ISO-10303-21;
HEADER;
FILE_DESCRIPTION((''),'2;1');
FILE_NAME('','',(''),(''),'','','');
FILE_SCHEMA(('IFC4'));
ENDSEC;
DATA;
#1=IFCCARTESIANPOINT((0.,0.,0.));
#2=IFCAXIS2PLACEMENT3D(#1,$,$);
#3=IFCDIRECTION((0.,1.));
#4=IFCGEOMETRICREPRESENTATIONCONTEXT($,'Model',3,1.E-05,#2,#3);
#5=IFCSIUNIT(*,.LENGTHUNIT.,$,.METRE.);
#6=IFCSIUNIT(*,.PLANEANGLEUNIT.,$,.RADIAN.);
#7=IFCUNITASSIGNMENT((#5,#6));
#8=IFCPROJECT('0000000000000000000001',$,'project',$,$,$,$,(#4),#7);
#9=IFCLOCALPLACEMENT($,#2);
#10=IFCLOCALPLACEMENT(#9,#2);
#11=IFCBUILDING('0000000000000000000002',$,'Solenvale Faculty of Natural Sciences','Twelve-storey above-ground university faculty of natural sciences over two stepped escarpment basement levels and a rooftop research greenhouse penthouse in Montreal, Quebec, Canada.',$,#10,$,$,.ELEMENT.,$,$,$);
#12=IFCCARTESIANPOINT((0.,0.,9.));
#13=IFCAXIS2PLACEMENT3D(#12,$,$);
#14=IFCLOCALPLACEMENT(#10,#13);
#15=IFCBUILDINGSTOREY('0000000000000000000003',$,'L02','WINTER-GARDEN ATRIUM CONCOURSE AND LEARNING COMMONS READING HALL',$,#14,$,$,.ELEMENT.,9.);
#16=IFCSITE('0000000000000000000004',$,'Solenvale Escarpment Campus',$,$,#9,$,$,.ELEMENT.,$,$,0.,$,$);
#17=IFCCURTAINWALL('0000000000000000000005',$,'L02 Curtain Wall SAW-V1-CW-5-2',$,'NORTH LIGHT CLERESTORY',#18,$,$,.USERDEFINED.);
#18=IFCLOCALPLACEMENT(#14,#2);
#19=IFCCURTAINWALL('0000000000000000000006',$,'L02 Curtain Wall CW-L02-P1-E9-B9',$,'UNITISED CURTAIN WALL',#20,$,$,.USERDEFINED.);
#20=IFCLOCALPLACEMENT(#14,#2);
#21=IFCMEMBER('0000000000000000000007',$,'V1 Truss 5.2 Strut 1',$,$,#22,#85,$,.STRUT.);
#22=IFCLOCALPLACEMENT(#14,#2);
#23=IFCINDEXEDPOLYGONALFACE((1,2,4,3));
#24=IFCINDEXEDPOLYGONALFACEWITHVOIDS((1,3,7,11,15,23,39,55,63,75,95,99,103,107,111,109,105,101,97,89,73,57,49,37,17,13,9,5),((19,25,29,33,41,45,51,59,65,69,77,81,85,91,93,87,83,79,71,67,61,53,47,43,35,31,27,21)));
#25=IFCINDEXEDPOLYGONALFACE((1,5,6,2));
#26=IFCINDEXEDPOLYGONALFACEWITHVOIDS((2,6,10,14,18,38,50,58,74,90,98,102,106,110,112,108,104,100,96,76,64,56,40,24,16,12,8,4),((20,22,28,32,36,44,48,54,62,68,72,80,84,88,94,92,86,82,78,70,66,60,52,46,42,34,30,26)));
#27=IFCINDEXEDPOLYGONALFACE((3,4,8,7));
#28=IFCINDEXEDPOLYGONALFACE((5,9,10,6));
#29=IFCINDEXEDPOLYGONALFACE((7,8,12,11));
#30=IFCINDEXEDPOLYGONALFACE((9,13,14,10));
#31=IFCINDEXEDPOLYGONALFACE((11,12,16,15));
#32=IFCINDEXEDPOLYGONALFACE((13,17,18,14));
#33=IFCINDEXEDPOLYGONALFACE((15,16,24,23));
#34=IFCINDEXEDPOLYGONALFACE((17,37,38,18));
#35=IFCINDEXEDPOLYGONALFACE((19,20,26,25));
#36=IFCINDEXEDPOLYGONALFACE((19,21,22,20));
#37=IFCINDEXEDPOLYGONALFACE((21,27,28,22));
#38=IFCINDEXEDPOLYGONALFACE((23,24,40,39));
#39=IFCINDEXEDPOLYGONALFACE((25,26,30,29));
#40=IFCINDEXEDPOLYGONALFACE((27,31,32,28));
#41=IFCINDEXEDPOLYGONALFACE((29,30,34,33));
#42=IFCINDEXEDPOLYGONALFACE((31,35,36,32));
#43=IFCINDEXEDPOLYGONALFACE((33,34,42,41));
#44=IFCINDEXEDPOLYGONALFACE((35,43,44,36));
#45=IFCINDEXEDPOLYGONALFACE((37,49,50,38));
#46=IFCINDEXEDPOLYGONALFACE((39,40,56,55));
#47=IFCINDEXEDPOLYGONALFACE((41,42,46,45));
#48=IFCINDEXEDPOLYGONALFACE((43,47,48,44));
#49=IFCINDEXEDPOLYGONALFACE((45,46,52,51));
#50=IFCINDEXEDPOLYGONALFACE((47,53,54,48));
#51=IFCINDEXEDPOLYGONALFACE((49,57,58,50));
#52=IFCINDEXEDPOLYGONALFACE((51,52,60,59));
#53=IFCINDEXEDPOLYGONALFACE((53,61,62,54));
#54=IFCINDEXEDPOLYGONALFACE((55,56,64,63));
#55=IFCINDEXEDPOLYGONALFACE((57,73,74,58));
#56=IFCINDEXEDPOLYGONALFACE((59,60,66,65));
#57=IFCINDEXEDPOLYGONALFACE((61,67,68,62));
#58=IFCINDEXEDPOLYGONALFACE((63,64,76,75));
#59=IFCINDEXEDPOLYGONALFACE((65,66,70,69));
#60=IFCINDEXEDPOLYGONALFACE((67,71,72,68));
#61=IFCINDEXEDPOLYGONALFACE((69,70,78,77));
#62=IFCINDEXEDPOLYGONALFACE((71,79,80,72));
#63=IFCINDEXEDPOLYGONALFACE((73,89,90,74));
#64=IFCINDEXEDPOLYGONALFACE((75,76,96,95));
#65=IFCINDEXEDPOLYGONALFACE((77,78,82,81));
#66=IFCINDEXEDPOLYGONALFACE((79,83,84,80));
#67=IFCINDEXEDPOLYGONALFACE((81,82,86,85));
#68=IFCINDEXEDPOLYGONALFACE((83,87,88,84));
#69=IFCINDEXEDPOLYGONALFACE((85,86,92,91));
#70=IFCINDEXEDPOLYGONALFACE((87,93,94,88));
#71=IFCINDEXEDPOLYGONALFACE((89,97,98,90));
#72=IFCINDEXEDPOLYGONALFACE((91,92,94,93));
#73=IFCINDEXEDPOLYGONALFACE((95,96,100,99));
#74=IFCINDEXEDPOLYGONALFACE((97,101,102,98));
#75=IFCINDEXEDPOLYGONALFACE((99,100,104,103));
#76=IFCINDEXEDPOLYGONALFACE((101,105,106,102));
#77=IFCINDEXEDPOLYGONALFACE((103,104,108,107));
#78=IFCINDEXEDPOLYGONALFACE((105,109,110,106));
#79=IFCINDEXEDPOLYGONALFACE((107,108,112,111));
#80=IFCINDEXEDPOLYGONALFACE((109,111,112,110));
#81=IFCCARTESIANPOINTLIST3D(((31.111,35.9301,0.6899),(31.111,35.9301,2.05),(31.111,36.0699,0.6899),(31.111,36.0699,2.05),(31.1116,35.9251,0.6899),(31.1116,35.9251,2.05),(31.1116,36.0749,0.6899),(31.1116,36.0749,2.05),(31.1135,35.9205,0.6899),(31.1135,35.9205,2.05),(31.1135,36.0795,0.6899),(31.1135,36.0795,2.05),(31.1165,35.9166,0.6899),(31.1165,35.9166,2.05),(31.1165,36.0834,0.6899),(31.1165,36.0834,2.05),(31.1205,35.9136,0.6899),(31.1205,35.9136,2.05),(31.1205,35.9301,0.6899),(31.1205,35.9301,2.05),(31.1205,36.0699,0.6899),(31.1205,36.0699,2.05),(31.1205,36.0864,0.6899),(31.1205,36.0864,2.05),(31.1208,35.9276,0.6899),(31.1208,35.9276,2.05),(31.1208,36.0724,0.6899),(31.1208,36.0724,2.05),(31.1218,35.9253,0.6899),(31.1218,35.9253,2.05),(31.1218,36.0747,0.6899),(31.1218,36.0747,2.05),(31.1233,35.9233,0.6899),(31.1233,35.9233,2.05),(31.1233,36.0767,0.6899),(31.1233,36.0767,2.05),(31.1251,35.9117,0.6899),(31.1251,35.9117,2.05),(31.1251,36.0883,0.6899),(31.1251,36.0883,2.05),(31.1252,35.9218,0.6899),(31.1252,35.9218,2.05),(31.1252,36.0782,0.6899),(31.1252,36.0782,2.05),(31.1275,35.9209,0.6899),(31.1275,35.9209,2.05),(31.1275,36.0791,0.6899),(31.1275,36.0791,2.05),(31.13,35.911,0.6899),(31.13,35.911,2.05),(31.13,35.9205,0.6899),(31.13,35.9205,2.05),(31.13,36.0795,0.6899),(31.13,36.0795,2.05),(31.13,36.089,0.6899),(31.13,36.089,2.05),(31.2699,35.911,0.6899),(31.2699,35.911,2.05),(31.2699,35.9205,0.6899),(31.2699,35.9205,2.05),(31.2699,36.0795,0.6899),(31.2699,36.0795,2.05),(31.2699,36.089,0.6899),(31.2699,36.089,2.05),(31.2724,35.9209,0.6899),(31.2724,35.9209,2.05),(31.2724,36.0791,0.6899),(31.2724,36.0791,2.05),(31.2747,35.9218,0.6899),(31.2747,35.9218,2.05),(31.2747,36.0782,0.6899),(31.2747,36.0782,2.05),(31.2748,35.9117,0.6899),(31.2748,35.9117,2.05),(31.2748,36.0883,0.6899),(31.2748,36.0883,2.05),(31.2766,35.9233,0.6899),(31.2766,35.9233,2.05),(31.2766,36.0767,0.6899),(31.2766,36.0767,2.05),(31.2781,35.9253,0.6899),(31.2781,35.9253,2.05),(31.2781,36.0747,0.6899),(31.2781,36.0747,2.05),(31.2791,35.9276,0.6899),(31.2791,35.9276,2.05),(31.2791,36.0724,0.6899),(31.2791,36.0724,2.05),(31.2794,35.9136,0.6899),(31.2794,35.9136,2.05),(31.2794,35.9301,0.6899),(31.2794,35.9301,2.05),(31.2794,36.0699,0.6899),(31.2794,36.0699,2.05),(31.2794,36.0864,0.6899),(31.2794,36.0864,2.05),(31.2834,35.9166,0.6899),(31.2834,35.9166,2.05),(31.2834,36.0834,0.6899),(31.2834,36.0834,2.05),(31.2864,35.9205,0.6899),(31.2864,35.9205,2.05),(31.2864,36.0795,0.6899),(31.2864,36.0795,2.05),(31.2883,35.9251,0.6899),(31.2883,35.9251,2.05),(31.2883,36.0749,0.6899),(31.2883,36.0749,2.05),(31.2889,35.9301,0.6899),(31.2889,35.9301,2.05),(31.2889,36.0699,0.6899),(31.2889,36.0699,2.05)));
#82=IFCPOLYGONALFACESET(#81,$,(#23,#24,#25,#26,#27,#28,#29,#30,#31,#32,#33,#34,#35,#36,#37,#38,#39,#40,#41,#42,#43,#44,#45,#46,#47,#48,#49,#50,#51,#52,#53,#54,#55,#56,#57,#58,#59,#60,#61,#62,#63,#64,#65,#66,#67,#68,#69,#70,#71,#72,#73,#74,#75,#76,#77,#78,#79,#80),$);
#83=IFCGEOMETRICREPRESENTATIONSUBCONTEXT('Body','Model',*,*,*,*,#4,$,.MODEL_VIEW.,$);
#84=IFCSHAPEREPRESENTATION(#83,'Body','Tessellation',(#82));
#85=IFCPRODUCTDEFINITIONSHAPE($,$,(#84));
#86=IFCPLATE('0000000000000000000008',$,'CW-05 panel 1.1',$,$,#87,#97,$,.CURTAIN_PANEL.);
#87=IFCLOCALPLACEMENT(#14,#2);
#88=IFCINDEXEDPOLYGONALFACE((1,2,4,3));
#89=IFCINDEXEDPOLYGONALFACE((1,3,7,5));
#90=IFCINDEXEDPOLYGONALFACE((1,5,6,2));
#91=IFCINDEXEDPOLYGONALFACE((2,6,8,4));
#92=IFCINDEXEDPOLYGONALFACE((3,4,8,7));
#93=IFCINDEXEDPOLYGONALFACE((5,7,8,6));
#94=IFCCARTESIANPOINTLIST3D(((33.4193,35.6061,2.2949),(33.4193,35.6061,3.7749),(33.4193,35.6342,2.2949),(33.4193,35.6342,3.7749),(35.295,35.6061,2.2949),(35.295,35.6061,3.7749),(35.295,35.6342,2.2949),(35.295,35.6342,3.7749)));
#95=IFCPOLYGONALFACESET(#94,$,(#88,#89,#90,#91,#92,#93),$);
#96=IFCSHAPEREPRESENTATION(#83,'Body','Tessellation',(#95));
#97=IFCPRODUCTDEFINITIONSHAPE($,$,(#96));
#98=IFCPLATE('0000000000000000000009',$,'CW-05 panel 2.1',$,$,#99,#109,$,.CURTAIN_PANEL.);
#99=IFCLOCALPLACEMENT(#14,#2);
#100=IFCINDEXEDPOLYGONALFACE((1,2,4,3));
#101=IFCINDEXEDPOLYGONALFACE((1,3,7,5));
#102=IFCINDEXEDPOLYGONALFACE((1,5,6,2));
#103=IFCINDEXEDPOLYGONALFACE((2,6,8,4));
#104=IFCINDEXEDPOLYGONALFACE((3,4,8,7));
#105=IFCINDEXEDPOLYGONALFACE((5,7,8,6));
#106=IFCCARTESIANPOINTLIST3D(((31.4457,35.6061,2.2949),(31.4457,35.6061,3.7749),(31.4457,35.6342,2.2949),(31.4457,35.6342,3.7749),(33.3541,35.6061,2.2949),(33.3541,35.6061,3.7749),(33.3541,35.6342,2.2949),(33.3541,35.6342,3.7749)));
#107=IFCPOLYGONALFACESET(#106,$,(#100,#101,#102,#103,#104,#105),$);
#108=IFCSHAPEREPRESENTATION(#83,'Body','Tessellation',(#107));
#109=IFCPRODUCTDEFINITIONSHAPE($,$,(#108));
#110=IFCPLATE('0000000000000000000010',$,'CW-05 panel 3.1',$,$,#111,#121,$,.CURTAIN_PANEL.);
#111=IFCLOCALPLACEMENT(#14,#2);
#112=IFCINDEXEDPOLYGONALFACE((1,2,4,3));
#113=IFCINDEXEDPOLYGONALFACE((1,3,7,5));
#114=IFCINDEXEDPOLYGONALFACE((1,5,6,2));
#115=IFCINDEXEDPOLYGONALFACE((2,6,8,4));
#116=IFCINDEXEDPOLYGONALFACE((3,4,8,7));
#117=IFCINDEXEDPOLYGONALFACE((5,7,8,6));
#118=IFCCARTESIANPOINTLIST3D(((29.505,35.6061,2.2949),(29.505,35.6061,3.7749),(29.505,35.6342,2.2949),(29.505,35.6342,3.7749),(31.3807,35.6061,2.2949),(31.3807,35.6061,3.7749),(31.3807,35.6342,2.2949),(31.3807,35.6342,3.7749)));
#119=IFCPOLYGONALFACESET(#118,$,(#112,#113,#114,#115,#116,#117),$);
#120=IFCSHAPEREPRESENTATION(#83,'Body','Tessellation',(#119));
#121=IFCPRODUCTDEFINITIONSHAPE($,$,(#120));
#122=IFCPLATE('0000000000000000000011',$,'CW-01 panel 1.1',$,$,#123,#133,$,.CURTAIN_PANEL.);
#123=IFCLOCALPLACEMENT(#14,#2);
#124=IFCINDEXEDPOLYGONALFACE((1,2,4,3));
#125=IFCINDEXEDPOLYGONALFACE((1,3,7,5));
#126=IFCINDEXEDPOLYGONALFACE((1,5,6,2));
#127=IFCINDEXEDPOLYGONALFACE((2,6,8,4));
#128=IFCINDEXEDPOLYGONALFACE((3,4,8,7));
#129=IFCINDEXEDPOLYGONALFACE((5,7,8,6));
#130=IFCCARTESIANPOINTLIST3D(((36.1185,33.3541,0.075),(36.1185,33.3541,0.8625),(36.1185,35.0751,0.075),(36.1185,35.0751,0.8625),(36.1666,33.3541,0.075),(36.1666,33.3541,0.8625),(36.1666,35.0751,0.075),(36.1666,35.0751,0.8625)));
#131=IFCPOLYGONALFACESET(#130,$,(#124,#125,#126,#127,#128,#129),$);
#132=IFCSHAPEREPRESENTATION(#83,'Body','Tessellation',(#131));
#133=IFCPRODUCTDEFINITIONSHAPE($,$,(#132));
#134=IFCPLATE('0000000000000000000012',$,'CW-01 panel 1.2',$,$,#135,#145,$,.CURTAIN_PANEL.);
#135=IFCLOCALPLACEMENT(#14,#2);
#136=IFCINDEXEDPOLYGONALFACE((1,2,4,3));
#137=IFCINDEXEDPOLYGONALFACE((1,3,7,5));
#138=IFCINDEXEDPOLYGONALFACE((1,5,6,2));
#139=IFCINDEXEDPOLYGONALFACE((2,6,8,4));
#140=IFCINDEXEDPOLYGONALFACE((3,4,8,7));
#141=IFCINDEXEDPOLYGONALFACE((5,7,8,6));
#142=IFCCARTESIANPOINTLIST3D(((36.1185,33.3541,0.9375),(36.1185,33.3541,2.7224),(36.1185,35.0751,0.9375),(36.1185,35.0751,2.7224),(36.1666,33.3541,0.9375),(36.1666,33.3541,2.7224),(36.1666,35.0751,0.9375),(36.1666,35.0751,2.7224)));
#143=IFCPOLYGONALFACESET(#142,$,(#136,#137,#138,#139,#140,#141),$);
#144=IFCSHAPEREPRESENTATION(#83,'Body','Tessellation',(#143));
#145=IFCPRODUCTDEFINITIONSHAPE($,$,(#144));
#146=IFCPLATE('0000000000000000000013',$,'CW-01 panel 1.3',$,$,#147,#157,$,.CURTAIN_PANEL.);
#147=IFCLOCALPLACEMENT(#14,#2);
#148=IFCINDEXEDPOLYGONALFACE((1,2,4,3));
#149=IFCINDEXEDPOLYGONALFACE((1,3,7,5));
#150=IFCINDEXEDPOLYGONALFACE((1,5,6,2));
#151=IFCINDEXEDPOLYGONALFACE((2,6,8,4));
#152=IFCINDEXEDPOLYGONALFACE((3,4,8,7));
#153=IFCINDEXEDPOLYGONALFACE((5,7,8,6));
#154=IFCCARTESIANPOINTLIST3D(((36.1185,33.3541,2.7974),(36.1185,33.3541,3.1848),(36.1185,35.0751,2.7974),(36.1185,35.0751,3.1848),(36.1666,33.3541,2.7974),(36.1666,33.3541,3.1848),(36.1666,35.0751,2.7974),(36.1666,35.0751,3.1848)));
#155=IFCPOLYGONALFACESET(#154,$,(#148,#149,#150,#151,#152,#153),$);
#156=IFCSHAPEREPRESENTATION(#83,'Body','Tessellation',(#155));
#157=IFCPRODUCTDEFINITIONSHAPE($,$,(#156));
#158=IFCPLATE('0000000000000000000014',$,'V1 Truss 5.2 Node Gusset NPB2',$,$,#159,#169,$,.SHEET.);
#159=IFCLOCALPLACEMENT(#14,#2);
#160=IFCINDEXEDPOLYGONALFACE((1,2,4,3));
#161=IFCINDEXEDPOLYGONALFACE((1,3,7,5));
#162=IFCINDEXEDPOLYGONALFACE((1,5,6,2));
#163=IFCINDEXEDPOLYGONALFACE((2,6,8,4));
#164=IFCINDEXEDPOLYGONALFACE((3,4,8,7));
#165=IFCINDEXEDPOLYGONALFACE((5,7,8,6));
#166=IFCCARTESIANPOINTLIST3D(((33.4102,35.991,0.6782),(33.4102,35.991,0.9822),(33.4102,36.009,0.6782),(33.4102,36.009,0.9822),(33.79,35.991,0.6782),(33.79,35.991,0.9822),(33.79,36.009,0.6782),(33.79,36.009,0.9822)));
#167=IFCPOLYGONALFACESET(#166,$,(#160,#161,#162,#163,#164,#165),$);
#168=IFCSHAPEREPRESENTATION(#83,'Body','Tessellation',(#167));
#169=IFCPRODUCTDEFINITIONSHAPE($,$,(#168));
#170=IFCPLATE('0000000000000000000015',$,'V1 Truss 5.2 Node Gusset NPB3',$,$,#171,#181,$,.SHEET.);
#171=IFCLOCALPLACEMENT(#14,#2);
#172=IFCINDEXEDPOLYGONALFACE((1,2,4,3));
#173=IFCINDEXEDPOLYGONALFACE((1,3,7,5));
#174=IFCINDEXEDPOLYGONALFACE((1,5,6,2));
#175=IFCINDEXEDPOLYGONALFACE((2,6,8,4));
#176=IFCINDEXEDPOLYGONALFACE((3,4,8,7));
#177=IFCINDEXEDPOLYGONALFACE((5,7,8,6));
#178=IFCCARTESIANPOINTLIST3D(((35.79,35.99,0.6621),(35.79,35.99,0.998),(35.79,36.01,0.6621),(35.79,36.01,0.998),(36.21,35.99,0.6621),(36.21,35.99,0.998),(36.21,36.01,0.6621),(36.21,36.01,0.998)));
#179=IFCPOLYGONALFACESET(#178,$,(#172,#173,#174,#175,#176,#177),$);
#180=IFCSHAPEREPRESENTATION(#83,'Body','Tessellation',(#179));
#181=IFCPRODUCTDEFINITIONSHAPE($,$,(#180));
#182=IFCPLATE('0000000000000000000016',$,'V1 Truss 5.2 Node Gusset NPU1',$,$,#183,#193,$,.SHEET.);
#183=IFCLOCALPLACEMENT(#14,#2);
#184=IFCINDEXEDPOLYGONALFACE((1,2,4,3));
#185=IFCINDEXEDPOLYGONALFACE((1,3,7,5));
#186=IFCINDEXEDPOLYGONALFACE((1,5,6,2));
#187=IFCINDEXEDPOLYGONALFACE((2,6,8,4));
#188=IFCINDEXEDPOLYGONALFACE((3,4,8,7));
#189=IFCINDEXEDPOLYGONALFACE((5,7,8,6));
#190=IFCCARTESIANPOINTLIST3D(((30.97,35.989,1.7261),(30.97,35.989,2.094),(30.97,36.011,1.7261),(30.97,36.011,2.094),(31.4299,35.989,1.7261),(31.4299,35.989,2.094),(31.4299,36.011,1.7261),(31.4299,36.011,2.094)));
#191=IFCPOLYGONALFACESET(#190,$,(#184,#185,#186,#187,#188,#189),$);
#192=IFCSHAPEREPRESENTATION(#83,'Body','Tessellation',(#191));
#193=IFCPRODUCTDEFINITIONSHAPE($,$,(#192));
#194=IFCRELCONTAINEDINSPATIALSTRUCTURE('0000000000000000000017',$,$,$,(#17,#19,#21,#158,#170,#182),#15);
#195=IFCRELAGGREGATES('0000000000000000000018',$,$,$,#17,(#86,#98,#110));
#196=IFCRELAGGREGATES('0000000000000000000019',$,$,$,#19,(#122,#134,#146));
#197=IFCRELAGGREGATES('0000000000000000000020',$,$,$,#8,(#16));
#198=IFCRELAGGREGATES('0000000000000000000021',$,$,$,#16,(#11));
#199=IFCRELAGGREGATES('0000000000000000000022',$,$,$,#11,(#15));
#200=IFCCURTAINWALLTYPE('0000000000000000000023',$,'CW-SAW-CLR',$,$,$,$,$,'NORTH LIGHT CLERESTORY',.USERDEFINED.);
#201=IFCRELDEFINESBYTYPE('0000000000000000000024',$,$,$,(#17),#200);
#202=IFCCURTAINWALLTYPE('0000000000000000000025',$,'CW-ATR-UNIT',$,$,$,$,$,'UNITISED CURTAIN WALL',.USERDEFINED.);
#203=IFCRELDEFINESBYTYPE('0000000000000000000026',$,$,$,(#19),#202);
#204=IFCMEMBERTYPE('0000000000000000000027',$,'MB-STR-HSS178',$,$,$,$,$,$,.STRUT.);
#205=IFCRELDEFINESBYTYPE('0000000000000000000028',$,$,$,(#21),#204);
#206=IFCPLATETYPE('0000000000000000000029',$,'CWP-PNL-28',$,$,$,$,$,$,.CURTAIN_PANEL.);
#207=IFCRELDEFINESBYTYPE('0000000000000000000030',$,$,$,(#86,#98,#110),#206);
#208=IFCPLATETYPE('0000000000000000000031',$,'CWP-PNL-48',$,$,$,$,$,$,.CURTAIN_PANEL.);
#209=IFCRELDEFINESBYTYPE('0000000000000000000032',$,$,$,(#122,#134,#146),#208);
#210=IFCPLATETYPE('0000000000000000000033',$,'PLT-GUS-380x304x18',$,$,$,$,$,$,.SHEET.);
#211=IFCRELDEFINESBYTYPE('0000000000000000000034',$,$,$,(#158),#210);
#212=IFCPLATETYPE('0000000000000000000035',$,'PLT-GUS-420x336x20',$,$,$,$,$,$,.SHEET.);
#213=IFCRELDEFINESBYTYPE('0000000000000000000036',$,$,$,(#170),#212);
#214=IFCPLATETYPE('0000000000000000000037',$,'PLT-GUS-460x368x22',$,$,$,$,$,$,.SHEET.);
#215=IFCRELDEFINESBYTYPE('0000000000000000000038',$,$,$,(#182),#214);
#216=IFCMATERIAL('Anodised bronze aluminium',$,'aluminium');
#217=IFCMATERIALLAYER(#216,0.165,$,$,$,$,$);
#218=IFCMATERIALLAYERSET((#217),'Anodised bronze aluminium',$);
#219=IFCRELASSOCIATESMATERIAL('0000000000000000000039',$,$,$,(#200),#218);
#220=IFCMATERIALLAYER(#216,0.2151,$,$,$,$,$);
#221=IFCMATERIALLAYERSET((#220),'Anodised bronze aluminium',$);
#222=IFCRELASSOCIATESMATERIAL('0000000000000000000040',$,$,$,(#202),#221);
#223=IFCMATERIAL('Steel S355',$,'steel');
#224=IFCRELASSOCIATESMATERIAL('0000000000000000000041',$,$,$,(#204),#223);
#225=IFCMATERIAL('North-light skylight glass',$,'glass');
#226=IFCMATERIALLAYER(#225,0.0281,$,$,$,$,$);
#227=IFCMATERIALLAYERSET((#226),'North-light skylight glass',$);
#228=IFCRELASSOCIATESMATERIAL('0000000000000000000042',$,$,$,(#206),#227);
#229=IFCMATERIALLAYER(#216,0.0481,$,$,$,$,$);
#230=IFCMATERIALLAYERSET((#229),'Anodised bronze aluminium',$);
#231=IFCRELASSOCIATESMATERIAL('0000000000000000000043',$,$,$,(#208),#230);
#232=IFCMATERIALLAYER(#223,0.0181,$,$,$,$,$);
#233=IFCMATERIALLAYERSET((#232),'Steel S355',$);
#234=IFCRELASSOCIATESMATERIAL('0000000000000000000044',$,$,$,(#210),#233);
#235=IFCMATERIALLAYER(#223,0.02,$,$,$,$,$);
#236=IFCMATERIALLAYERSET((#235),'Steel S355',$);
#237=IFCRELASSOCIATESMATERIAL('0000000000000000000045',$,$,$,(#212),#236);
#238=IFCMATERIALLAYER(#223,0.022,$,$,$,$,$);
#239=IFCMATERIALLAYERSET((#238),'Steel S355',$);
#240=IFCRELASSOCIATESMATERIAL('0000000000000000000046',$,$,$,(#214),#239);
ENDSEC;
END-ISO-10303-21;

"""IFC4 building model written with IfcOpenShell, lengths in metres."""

from ifc_helpers import new_model, si_unit, direction, frame, origin, origin_2d, place, context, subcontext, project, spatial, rectangle, hollow_rectangle, extrude, material, layer, layer_set, material_profile, profile_set, type_object, element, aggregate, save


model = new_model("IFC4")

# Units and contexts
model_context = context("Model", 3, precision=1e-05, world=origin(), true_north=direction((0.0, 1.0)))
body_context = subcontext(model_context, "Body", "Model", "MODEL_VIEW")
ifc_project = project(units=[si_unit("LENGTHUNIT", "METRE"), si_unit("PLANEANGLEUNIT", "RADIAN")], contexts=[model_context])

# Site, building, storey
site_placement = place(None, origin())
site = spatial("IfcSite", under=ifc_project, at=site_placement, Name="Solenvale Escarpment Campus", CompositionType="ELEMENT", RefElevation=0.0)
building_placement = place(site_placement, origin())
building = spatial("IfcBuilding", under=site, at=building_placement, Name="Solenvale Faculty of Natural Sciences", Description="Twelve-storey above-ground university faculty of natural sciences over two stepped escarpment basement levels and a rooftop research greenhouse penthouse in Montreal, Quebec, Canada.", CompositionType="ELEMENT")
storey_placement = place(building_placement, frame((0.0, 0.0, 9.0)))
storey = spatial("IfcBuildingStorey", under=building, at=storey_placement, Name="L02", Description="WINTER-GARDEN ATRIUM CONCOURSE AND LEARNING COMMONS READING HALL", CompositionType="ELEMENT", Elevation=9.0)

# Curtain wall
ifc_material_1 = material(Name="Anodised bronze aluminium", Category="aluminium")
ifc_layer_1 = layer(ifc_material_1, 0.165)
ifc_layer_set_1 = layer_set([ifc_layer_1], Name="Anodised bronze aluminium")
curtain_wall_type_1 = type_object("IfcCurtainWallType", Name="CW-SAW-CLR", ElementType="NORTH LIGHT CLERESTORY", PredefinedType="USERDEFINED", material=ifc_layer_set_1)
curtain_wall_1_placement = place(storey_placement, origin())
curtain_wall_1 = element("IfcCurtainWall", 1, at=curtain_wall_1_placement, inside=storey, type_object=curtain_wall_type_1, Name="L02 Curtain Wall SAW-V1-CW-5-2", ObjectType="NORTH LIGHT CLERESTORY", PredefinedType="USERDEFINED")

# Curtain wall
ifc_layer_2 = layer(ifc_material_1, 0.2151)
ifc_layer_set_2 = layer_set([ifc_layer_2], Name="Anodised bronze aluminium")
curtain_wall_type_2 = type_object("IfcCurtainWallType", Name="CW-ATR-UNIT", ElementType="UNITISED CURTAIN WALL", PredefinedType="USERDEFINED", material=ifc_layer_set_2)
curtain_wall_2_placement = place(storey_placement, origin())
curtain_wall_2 = element("IfcCurtainWall", 2, at=curtain_wall_2_placement, inside=storey, type_object=curtain_wall_type_2, Name="L02 Curtain Wall CW-L02-P1-E9-B9", ObjectType="UNITISED CURTAIN WALL", PredefinedType="USERDEFINED")

# Member
ifc_material_2 = material(Name="Steel S355", Category="steel")
ifc_material_profile_1 = material_profile(ifc_material_2, hollow_rectangle(XDim=0.178, YDim=0.178, WallThickness=0.0095, InnerFilletRadius=0.0095, OuterFilletRadius=0.019, at=origin_2d()), Name="HSS178x178x9.5")
ifc_profile_set_1 = profile_set([ifc_material_profile_1], Name="Steel S355")
member_type_1 = type_object("IfcMemberType", Name="MB-STR-HSS178", PredefinedType="STRUT", material=ifc_profile_set_1)
member_1_placement = place(storey_placement, frame((31.2, 36.0, 0.6899), z_axis=(0.0, 0.0, 1.0), x_axis=(1.0, 0.0, 0.0)))
element("IfcMember", 3, at=member_1_placement, inside=storey, type_object=member_type_1, Name="V1 Truss 5.2 Strut 1", PredefinedType="STRUT", context=body_context, shape_type="SweptSolid", body=[
    extrude(hollow_rectangle(XDim=0.178, YDim=0.178, WallThickness=0.0095, InnerFilletRadius=0.0095, OuterFilletRadius=0.019, at=origin_2d()), origin(), (0.0, 0.0, 1.0), 1.3601),
])

# Plates
ifc_material_3 = material(Name="North-light skylight glass", Category="glass")
ifc_layer_3 = layer(ifc_material_3, 0.0281)
ifc_layer_set_3 = layer_set([ifc_layer_3], Name="North-light skylight glass")
plate_type_1 = type_object("IfcPlateType", Name="CWP-PNL-28", PredefinedType="CURTAIN_PANEL", material=ifc_layer_set_3)
plate_1_placement = place(storey_placement, frame((34.3572, 35.6201, 2.2949), z_axis=(0.0, 0.0, 1.0), x_axis=(-1.0, 0.0, 0.0)))
plate_1 = element("IfcPlate", 4, at=plate_1_placement, type_object=plate_type_1, Name="CW-05 panel 1.1", PredefinedType="CURTAIN_PANEL", context=body_context, shape_type="SweptSolid", body=[
    extrude(rectangle(XDim=1.8757, YDim=0.0281, at=origin_2d()), origin(), (0.0, 0.0, 1.0), 1.48),
])
plate_2_placement = place(storey_placement, frame((32.3999, 35.6201, 2.2949), z_axis=(0.0, 0.0, 1.0), x_axis=(-1.0, 0.0, 0.0)))
plate_2 = element("IfcPlate", 5, at=plate_2_placement, type_object=plate_type_1, Name="CW-05 panel 2.1", PredefinedType="CURTAIN_PANEL", context=body_context, shape_type="SweptSolid", body=[
    extrude(rectangle(XDim=1.9084, YDim=0.0281, at=origin_2d()), origin(), (0.0, 0.0, 1.0), 1.48),
])
plate_3_placement = place(storey_placement, frame((30.4429, 35.6201, 2.2949), z_axis=(0.0, 0.0, 1.0), x_axis=(-1.0, 0.0, 0.0)))
plate_3 = element("IfcPlate", 6, at=plate_3_placement, type_object=plate_type_1, Name="CW-05 panel 3.1", PredefinedType="CURTAIN_PANEL", context=body_context, shape_type="SweptSolid", body=[
    extrude(rectangle(XDim=1.8757, YDim=0.0281, at=origin_2d()), origin(), (0.0, 0.0, 1.0), 1.48),
])
aggregate(curtain_wall_1, [plate_1, plate_2, plate_3])
ifc_layer_4 = layer(ifc_material_1, 0.0481)
ifc_layer_set_4 = layer_set([ifc_layer_4], Name="Anodised bronze aluminium")
plate_type_2 = type_object("IfcPlateType", Name="CWP-PNL-48", PredefinedType="CURTAIN_PANEL", material=ifc_layer_set_4)
plate_4_placement = place(storey_placement, frame((36.1426, 34.2146, 0.075), z_axis=(0.0, 0.0, 1.0), x_axis=(0.0, -1.0, 0.0)))
plate_4 = element("IfcPlate", 7, at=plate_4_placement, type_object=plate_type_2, Name="CW-01 panel 1.1", PredefinedType="CURTAIN_PANEL", context=body_context, shape_type="SweptSolid", body=[
    extrude(rectangle(XDim=1.7209, YDim=0.0481, at=origin_2d()), origin(), (0.0, 0.0, 1.0), 0.7876),
])
plate_5_placement = place(storey_placement, frame((36.1426, 34.2146, 0.9375), z_axis=(0.0, 0.0, 1.0), x_axis=(0.0, -1.0, 0.0)))
plate_5 = element("IfcPlate", 8, at=plate_5_placement, type_object=plate_type_2, Name="CW-01 panel 1.2", PredefinedType="CURTAIN_PANEL", context=body_context, shape_type="SweptSolid", body=[
    extrude(rectangle(XDim=1.7209, YDim=0.0481, at=origin_2d()), origin(), (0.0, 0.0, 1.0), 1.7849),
])
plate_6_placement = place(storey_placement, frame((36.1426, 34.2146, 2.7974), z_axis=(0.0, 0.0, 1.0), x_axis=(0.0, -1.0, 0.0)))
plate_6 = element("IfcPlate", 9, at=plate_6_placement, type_object=plate_type_2, Name="CW-01 panel 1.3", PredefinedType="CURTAIN_PANEL", context=body_context, shape_type="SweptSolid", body=[
    extrude(rectangle(XDim=1.7209, YDim=0.0481, at=origin_2d()), origin(), (0.0, 0.0, 1.0), 0.3875),
])
aggregate(curtain_wall_2, [plate_4, plate_5, plate_6])

# Plates
ifc_layer_5 = layer(ifc_material_2, 0.0181)
ifc_layer_set_5 = layer_set([ifc_layer_5], Name="Steel S355")
plate_type_3 = type_object("IfcPlateType", Name="PLT-GUS-380x304x18", PredefinedType="SHEET", material=ifc_layer_set_5)
plate_7_placement = place(storey_placement, frame((33.6001, 36.0, 0.6782), z_axis=(0.0, 0.0, 1.0), x_axis=(1.0, 0.0, 0.0)))
element("IfcPlate", 10, at=plate_7_placement, inside=storey, type_object=plate_type_3, Name="V1 Truss 5.2 Node Gusset NPB2", PredefinedType="SHEET", context=body_context, shape_type="SweptSolid", body=[
    extrude(rectangle(XDim=0.3799, YDim=0.0181, at=origin_2d()), origin(), (0.0, 0.0, 1.0), 0.304),
])
ifc_layer_6 = layer(ifc_material_2, 0.02)
ifc_layer_set_6 = layer_set([ifc_layer_6], Name="Steel S355")
plate_type_4 = type_object("IfcPlateType", Name="PLT-GUS-420x336x20", PredefinedType="SHEET", material=ifc_layer_set_6)
plate_8_placement = place(storey_placement, frame((36.0, 36.0, 0.6621), z_axis=(0.0, 0.0, 1.0), x_axis=(1.0, 0.0, 0.0)))
element("IfcPlate", 11, at=plate_8_placement, inside=storey, type_object=plate_type_4, Name="V1 Truss 5.2 Node Gusset NPB3", PredefinedType="SHEET", context=body_context, shape_type="SweptSolid", body=[
    extrude(rectangle(XDim=0.4199, YDim=0.02, at=origin_2d()), origin(), (0.0, 0.0, 1.0), 0.3359),
])
ifc_layer_7 = layer(ifc_material_2, 0.022)
ifc_layer_set_7 = layer_set([ifc_layer_7], Name="Steel S355")
plate_type_5 = type_object("IfcPlateType", Name="PLT-GUS-460x368x22", PredefinedType="SHEET", material=ifc_layer_set_7)
plate_9_placement = place(storey_placement, frame((31.2, 36.0, 1.7261), z_axis=(0.0, 0.0, 1.0), x_axis=(1.0, 0.0, 0.0)))
element("IfcPlate", 12, at=plate_9_placement, inside=storey, type_object=plate_type_5, Name="V1 Truss 5.2 Node Gusset NPU1", PredefinedType="SHEET", context=body_context, shape_type="SweptSolid", body=[
    extrude(rectangle(XDim=0.46, YDim=0.022, at=origin_2d()), origin(), (0.0, 0.0, 1.0), 0.3679),
])

save(model, "model.ifc")
